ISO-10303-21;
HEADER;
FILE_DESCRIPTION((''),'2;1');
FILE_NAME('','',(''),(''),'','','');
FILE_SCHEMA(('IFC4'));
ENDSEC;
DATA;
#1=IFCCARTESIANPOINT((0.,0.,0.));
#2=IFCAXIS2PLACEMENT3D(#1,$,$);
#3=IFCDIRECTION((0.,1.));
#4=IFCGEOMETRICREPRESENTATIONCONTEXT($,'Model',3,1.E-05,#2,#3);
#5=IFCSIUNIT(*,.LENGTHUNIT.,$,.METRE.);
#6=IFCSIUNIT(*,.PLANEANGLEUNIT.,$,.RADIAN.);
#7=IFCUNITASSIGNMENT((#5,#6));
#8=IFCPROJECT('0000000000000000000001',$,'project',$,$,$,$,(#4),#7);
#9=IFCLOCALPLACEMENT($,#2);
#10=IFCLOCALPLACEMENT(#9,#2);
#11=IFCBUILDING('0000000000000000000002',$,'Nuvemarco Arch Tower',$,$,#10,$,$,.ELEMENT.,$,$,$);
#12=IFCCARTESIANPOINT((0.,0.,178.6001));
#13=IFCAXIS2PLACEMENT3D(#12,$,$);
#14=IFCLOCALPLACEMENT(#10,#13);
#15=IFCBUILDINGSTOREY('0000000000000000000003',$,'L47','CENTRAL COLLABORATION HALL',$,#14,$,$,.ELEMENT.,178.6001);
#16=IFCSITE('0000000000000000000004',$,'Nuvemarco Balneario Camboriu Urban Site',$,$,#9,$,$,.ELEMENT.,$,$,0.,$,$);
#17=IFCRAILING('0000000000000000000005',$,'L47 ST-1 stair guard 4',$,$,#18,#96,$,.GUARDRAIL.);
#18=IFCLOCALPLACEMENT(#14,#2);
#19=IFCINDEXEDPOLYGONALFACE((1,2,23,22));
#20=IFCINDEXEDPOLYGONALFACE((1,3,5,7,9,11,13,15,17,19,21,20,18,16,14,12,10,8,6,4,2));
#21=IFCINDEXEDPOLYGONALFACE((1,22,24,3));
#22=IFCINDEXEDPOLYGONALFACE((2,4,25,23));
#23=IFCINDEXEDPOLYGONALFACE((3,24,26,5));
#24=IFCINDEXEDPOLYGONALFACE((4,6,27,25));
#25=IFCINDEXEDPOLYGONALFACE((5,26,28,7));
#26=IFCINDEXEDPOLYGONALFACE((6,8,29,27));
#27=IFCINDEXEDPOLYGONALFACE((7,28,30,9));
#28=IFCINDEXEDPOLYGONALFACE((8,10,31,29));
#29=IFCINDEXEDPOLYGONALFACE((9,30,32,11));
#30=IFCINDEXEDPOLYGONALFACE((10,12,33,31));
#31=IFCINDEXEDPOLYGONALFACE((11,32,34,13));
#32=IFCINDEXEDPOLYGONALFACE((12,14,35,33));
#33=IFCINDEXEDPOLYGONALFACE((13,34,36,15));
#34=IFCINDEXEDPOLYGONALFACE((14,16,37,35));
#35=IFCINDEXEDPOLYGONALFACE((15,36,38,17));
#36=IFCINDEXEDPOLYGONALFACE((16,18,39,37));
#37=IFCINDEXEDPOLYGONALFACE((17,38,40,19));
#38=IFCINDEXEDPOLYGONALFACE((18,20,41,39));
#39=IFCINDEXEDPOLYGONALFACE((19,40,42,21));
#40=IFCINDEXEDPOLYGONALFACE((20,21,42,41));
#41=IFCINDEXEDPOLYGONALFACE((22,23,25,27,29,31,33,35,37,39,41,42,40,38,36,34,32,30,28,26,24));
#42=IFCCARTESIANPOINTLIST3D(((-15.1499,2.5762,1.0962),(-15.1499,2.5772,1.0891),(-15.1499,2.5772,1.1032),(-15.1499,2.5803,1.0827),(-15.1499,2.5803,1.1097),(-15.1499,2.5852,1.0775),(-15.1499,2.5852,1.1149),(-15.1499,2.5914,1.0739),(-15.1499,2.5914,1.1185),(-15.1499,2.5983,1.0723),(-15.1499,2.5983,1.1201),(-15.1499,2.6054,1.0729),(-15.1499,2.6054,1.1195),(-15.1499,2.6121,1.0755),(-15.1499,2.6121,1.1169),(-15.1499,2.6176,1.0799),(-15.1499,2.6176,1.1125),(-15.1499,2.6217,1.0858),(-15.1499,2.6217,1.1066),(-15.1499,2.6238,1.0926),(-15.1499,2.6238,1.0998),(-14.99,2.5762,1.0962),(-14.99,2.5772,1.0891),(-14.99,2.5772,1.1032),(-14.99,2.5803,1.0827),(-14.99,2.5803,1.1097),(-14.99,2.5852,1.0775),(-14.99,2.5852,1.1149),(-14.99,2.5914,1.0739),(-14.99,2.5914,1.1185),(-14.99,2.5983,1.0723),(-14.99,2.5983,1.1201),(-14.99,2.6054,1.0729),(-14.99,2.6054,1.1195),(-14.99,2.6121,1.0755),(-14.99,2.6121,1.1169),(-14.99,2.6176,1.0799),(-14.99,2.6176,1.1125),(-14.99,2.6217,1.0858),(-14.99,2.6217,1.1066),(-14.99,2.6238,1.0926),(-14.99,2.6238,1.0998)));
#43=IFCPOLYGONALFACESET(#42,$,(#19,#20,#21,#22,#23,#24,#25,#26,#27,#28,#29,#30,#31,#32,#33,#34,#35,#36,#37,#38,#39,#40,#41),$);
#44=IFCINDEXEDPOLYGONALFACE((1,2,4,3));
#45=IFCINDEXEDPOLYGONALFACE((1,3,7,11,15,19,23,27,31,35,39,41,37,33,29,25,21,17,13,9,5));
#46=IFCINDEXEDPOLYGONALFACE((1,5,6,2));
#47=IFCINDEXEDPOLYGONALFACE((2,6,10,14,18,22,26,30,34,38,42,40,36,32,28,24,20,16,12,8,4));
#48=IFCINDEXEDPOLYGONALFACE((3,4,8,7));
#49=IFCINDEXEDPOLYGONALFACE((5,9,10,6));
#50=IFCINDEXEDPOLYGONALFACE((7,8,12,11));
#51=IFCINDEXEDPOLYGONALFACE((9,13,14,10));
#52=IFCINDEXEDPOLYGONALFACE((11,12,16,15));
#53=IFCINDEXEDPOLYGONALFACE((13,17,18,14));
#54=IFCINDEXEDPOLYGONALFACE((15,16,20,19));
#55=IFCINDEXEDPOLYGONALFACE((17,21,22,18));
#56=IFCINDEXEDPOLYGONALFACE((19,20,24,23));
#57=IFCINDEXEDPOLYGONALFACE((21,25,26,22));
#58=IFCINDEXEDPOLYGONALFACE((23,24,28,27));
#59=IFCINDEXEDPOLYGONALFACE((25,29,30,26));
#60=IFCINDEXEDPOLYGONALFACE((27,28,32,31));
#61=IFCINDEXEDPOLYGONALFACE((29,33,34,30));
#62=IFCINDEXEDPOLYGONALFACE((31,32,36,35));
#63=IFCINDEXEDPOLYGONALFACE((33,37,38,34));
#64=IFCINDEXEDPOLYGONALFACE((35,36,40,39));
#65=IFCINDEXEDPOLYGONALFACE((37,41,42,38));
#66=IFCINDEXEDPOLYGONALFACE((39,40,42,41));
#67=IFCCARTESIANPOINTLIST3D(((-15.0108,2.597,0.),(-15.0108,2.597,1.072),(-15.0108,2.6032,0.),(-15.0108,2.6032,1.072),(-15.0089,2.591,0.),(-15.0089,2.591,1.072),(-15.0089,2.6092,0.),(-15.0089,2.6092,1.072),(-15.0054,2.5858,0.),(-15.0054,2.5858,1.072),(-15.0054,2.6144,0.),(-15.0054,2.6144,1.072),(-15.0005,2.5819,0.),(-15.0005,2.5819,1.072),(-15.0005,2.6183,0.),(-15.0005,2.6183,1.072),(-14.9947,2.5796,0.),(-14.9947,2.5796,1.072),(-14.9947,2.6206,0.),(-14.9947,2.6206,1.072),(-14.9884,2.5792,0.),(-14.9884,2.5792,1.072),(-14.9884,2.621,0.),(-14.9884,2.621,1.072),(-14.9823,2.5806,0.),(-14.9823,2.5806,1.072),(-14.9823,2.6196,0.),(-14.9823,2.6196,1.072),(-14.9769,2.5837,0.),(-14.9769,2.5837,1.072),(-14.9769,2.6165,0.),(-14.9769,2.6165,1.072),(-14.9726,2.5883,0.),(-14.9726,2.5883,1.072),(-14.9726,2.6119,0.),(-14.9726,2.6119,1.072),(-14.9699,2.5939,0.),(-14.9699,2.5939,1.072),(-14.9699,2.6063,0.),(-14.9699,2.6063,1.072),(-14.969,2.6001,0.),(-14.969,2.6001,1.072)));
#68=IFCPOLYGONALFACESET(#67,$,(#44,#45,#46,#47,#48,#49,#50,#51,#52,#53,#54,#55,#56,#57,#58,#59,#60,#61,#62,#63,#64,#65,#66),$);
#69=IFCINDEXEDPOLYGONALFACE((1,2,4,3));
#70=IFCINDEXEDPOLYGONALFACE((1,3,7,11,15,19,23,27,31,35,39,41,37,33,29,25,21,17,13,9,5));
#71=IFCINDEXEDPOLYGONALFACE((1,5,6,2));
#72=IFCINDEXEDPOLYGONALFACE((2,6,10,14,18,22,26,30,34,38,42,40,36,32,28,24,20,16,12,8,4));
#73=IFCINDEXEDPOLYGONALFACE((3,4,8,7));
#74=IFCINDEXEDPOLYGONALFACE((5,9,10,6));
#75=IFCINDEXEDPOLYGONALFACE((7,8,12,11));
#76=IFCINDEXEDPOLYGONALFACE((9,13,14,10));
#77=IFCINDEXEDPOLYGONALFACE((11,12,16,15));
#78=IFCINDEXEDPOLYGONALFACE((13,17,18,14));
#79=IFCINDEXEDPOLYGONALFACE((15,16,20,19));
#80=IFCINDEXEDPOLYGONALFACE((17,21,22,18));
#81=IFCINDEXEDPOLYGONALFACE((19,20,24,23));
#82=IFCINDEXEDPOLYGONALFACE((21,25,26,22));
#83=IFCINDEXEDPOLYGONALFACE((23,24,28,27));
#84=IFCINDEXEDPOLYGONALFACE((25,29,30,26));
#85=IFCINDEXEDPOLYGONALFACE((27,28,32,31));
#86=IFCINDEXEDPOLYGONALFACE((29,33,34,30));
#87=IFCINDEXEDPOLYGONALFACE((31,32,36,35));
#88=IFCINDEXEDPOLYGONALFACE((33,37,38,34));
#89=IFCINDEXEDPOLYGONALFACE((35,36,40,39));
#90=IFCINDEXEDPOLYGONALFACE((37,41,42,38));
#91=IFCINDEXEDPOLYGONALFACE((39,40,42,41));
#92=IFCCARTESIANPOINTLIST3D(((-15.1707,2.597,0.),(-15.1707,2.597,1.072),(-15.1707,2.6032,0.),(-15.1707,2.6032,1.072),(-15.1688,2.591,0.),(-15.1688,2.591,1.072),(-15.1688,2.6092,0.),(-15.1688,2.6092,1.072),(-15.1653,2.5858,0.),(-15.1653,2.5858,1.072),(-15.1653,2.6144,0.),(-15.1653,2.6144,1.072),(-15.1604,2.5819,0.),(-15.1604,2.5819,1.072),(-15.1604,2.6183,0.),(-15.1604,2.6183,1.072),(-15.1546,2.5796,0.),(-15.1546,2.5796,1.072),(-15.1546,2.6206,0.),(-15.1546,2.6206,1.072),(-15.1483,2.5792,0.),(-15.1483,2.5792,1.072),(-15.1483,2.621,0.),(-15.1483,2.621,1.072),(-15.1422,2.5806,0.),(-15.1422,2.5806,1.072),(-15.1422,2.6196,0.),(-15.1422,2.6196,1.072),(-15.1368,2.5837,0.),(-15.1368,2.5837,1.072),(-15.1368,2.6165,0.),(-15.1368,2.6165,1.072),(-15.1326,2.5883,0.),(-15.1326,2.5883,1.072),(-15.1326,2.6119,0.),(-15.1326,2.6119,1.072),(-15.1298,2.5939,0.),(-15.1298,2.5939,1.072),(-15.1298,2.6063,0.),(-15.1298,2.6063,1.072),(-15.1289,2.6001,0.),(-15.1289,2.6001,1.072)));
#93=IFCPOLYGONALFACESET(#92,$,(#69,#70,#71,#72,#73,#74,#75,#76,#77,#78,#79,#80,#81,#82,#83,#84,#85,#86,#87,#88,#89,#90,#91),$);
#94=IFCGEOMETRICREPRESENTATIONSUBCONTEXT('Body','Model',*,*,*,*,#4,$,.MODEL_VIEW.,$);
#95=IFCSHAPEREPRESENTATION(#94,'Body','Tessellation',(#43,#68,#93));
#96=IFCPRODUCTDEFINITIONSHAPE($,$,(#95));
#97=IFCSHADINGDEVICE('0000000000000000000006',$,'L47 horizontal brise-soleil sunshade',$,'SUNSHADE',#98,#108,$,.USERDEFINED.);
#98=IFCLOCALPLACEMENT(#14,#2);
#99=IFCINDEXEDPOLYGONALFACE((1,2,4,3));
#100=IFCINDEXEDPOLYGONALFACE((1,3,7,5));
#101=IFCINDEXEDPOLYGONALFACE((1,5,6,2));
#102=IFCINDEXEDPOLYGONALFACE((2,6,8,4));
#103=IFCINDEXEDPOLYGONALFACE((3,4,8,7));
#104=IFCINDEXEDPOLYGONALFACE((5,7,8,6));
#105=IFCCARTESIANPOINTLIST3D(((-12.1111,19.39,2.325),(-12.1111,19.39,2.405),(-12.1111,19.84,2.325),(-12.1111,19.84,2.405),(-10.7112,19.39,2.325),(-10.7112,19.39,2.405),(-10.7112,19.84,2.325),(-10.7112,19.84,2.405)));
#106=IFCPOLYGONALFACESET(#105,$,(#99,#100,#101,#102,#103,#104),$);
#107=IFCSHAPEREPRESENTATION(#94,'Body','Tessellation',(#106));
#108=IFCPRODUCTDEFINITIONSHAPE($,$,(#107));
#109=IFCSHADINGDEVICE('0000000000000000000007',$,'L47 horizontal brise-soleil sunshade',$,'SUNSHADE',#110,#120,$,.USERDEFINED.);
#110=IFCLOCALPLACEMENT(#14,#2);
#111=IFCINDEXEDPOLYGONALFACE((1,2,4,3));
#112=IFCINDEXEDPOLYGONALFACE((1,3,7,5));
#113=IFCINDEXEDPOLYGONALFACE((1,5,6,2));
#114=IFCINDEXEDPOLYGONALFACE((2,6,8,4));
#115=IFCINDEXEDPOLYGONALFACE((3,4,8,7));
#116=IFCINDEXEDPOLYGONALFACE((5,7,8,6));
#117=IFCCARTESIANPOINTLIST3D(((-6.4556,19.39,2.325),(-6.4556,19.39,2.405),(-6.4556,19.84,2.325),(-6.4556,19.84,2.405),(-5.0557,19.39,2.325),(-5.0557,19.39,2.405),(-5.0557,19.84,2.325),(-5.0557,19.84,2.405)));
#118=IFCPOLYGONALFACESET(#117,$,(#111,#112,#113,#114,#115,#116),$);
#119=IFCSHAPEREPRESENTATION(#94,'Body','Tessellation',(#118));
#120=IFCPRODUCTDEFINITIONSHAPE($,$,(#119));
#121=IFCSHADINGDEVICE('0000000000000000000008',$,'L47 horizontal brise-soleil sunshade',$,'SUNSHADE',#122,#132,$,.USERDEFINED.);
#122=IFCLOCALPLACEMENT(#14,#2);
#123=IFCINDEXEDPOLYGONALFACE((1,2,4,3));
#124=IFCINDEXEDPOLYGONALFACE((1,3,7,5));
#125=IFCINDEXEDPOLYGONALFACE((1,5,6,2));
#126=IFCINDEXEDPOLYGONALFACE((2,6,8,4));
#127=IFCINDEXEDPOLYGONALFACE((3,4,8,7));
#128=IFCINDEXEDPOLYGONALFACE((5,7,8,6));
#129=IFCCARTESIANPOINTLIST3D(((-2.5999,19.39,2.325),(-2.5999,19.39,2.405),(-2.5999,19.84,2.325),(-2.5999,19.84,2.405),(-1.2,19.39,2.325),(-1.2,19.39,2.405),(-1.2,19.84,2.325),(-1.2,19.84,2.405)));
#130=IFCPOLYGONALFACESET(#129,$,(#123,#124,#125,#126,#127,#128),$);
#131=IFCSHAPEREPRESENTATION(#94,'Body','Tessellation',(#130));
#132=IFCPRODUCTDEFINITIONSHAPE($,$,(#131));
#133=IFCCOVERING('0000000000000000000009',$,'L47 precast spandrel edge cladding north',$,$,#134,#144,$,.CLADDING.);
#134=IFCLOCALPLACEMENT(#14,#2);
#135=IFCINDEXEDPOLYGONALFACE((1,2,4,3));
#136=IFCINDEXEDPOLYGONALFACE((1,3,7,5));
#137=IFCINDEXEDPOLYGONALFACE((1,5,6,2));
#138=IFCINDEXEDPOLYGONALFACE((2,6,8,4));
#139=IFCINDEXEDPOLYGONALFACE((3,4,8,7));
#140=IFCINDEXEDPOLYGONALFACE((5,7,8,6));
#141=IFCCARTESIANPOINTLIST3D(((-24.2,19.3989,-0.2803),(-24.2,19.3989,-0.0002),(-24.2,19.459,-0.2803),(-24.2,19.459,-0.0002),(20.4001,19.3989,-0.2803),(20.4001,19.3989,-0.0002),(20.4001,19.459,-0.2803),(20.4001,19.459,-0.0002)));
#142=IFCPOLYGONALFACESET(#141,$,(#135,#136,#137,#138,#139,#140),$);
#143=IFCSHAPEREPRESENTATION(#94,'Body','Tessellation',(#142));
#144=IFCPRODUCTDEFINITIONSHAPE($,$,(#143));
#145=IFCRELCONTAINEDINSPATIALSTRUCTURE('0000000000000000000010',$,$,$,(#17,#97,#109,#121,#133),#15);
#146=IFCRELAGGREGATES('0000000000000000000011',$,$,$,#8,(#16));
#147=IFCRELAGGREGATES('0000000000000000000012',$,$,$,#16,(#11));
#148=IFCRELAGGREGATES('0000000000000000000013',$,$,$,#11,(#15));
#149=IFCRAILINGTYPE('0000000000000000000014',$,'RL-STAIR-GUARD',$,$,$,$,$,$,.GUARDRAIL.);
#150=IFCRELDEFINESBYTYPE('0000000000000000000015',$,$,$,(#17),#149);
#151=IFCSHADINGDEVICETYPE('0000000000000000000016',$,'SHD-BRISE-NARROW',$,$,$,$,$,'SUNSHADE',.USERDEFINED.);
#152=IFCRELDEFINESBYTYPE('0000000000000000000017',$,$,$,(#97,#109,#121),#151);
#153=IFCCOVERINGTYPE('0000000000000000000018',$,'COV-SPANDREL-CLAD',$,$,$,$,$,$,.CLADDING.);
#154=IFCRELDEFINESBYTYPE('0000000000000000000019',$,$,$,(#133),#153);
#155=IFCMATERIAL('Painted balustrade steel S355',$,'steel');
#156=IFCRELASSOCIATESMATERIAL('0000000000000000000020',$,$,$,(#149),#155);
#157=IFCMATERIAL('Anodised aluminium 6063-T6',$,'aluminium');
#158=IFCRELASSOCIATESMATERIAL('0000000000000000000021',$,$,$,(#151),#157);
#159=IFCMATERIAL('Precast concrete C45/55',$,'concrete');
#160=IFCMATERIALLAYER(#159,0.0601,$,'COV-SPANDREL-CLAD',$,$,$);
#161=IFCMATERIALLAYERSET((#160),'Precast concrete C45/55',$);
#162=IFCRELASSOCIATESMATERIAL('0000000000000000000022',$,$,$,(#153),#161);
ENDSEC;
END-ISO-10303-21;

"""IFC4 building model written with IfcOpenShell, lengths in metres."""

from ifc_helpers import new_model, si_unit, direction, frame, origin, origin_2d, place, context, subcontext, project, spatial, rectangle, circle, extrude, source, transform, mapped, material, layer, layer_set, type_object, type_shapes, element, save


model = new_model("IFC4")

# Units and contexts
model_context = context("Model", 3, precision=1e-05, world=origin(), true_north=direction((0.0, 1.0)))
body_context = subcontext(model_context, "Body", "Model", "MODEL_VIEW")
ifc_project = project(units=[si_unit("LENGTHUNIT", "METRE"), si_unit("PLANEANGLEUNIT", "RADIAN")], contexts=[model_context])

# Site, building, storey
site_placement = place(None, origin())
site = spatial("IfcSite", under=ifc_project, at=site_placement, Name="Nuvemarco Balneario Camboriu Urban Site", CompositionType="ELEMENT", RefElevation=0.0)
building_placement = place(site_placement, origin())
building = spatial("IfcBuilding", under=site, at=building_placement, Name="Nuvemarco Arch Tower", CompositionType="ELEMENT")
storey_placement = place(building_placement, frame((0.0, 0.0, 178.6001)))
storey = spatial("IfcBuildingStorey", under=building, at=storey_placement, Name="L47", Description="CENTRAL COLLABORATION HALL", CompositionType="ELEMENT", Elevation=178.6001)

# Shared definitions
ifc_material_1 = material(Name="Precast concrete C45/55", Category="concrete")

# Railing
ifc_material_2 = material(Name="Painted balustrade steel S355", Category="steel")
railing_type_1 = type_object("IfcRailingType", Name="RL-STAIR-GUARD", PredefinedType="GUARDRAIL", material=ifc_material_2)
railing_1_placement = place(storey_placement, frame((-14.99, 2.6001, 0.0)))
element("IfcRailing", 1, at=railing_1_placement, inside=storey, type_object=railing_type_1, Name="L47 ST-1 stair guard 4", PredefinedType="GUARDRAIL", context=body_context, shape_type="SweptSolid", body=[
    extrude(circle(Radius=0.0239, at=origin_2d()), frame((0.0, 0.0, 1.0962), z_axis=(-1.0, 0.0, 0.0), x_axis=(0.0, -1.0, 0.0)), (0.0, 0.0, 1.0), 0.1599),
    extrude(circle(Radius=0.021, at=origin_2d()), origin(), (0.0, 0.0, 1.0), 1.072),
    extrude(circle(Radius=0.021, at=origin_2d()), frame((-0.1599, 0.0, 0.0)), (0.0, 0.0, 1.0), 1.072),
])

# Shading devices
ifc_material_3 = material(Name="Anodised aluminium 6063-T6", Category="aluminium")
shading_device_type = type_object("IfcShadingDeviceType", Name="SHD-BRISE-NARROW", ElementType="SUNSHADE", PredefinedType="USERDEFINED", material=ifc_material_3)
shared_shape_1 = source(origin(), body_context, "Body", "SweptSolid", [
    extrude(rectangle(XDim=1.3999, YDim=0.45, at=origin_2d()), origin(), (0.0, 0.0, 1.0), 0.0801),
])
type_shapes(shading_device_type, [shared_shape_1])
for number, where, z_axis, x_axis, name in (
    (2, (-11.4111, 19.615, 2.325), (0.0, 0.0, 1.0), (1.0, 0.0, 0.0), "L47 horizontal brise-soleil sunshade"),
    (3, (-5.7556, 19.615, 2.325), (0.0, 0.0, 1.0), (1.0, 0.0, 0.0), "L47 horizontal brise-soleil sunshade"),
    (4, (-1.8999, 19.615, 2.325), (0.0, 0.0, 1.0), (1.0, 0.0, 0.0), "L47 horizontal brise-soleil sunshade"),
):
    element("IfcShadingDevice", number, at=place(storey_placement, frame(where, z_axis=z_axis, x_axis=x_axis)), inside=storey, type_object=shading_device_type, Name=name, ObjectType="SUNSHADE", PredefinedType="USERDEFINED", context=body_context, shape_type="MappedRepresentation", body=[
        mapped(shared_shape_1, transform((0.0, 0.0, 0.0), scale=1.0)),
    ])

# Covering
ifc_layer_1 = layer(ifc_material_1, 0.0601, Name="COV-SPANDREL-CLAD")
ifc_layer_set_1 = layer_set([ifc_layer_1], Name="Precast concrete C45/55")
covering_type = type_object("IfcCoveringType", Name="COV-SPANDREL-CLAD", PredefinedType="CLADDING", material=ifc_layer_set_1)
shared_shape_2 = source(origin(), body_context, "Body", "SweptSolid", [
    extrude(rectangle(XDim=44.6001, YDim=0.0601, at=origin_2d()), origin(), (0.0, 0.0, 1.0), 0.28),
])
type_shapes(covering_type, [shared_shape_2])
covering_placement = place(storey_placement, frame((-1.8999, 19.429, -0.2803), z_axis=(0.0, 0.0, 1.0), x_axis=(1.0, 0.0, 0.0)))
element("IfcCovering", 5, at=covering_placement, inside=storey, type_object=covering_type, Name="L47 precast spandrel edge cladding north", PredefinedType="CLADDING", context=body_context, shape_type="MappedRepresentation", body=[
    mapped(shared_shape_2, transform((0.0, 0.0, 0.0), scale=1.0)),
])

save(model, "model.ifc")
